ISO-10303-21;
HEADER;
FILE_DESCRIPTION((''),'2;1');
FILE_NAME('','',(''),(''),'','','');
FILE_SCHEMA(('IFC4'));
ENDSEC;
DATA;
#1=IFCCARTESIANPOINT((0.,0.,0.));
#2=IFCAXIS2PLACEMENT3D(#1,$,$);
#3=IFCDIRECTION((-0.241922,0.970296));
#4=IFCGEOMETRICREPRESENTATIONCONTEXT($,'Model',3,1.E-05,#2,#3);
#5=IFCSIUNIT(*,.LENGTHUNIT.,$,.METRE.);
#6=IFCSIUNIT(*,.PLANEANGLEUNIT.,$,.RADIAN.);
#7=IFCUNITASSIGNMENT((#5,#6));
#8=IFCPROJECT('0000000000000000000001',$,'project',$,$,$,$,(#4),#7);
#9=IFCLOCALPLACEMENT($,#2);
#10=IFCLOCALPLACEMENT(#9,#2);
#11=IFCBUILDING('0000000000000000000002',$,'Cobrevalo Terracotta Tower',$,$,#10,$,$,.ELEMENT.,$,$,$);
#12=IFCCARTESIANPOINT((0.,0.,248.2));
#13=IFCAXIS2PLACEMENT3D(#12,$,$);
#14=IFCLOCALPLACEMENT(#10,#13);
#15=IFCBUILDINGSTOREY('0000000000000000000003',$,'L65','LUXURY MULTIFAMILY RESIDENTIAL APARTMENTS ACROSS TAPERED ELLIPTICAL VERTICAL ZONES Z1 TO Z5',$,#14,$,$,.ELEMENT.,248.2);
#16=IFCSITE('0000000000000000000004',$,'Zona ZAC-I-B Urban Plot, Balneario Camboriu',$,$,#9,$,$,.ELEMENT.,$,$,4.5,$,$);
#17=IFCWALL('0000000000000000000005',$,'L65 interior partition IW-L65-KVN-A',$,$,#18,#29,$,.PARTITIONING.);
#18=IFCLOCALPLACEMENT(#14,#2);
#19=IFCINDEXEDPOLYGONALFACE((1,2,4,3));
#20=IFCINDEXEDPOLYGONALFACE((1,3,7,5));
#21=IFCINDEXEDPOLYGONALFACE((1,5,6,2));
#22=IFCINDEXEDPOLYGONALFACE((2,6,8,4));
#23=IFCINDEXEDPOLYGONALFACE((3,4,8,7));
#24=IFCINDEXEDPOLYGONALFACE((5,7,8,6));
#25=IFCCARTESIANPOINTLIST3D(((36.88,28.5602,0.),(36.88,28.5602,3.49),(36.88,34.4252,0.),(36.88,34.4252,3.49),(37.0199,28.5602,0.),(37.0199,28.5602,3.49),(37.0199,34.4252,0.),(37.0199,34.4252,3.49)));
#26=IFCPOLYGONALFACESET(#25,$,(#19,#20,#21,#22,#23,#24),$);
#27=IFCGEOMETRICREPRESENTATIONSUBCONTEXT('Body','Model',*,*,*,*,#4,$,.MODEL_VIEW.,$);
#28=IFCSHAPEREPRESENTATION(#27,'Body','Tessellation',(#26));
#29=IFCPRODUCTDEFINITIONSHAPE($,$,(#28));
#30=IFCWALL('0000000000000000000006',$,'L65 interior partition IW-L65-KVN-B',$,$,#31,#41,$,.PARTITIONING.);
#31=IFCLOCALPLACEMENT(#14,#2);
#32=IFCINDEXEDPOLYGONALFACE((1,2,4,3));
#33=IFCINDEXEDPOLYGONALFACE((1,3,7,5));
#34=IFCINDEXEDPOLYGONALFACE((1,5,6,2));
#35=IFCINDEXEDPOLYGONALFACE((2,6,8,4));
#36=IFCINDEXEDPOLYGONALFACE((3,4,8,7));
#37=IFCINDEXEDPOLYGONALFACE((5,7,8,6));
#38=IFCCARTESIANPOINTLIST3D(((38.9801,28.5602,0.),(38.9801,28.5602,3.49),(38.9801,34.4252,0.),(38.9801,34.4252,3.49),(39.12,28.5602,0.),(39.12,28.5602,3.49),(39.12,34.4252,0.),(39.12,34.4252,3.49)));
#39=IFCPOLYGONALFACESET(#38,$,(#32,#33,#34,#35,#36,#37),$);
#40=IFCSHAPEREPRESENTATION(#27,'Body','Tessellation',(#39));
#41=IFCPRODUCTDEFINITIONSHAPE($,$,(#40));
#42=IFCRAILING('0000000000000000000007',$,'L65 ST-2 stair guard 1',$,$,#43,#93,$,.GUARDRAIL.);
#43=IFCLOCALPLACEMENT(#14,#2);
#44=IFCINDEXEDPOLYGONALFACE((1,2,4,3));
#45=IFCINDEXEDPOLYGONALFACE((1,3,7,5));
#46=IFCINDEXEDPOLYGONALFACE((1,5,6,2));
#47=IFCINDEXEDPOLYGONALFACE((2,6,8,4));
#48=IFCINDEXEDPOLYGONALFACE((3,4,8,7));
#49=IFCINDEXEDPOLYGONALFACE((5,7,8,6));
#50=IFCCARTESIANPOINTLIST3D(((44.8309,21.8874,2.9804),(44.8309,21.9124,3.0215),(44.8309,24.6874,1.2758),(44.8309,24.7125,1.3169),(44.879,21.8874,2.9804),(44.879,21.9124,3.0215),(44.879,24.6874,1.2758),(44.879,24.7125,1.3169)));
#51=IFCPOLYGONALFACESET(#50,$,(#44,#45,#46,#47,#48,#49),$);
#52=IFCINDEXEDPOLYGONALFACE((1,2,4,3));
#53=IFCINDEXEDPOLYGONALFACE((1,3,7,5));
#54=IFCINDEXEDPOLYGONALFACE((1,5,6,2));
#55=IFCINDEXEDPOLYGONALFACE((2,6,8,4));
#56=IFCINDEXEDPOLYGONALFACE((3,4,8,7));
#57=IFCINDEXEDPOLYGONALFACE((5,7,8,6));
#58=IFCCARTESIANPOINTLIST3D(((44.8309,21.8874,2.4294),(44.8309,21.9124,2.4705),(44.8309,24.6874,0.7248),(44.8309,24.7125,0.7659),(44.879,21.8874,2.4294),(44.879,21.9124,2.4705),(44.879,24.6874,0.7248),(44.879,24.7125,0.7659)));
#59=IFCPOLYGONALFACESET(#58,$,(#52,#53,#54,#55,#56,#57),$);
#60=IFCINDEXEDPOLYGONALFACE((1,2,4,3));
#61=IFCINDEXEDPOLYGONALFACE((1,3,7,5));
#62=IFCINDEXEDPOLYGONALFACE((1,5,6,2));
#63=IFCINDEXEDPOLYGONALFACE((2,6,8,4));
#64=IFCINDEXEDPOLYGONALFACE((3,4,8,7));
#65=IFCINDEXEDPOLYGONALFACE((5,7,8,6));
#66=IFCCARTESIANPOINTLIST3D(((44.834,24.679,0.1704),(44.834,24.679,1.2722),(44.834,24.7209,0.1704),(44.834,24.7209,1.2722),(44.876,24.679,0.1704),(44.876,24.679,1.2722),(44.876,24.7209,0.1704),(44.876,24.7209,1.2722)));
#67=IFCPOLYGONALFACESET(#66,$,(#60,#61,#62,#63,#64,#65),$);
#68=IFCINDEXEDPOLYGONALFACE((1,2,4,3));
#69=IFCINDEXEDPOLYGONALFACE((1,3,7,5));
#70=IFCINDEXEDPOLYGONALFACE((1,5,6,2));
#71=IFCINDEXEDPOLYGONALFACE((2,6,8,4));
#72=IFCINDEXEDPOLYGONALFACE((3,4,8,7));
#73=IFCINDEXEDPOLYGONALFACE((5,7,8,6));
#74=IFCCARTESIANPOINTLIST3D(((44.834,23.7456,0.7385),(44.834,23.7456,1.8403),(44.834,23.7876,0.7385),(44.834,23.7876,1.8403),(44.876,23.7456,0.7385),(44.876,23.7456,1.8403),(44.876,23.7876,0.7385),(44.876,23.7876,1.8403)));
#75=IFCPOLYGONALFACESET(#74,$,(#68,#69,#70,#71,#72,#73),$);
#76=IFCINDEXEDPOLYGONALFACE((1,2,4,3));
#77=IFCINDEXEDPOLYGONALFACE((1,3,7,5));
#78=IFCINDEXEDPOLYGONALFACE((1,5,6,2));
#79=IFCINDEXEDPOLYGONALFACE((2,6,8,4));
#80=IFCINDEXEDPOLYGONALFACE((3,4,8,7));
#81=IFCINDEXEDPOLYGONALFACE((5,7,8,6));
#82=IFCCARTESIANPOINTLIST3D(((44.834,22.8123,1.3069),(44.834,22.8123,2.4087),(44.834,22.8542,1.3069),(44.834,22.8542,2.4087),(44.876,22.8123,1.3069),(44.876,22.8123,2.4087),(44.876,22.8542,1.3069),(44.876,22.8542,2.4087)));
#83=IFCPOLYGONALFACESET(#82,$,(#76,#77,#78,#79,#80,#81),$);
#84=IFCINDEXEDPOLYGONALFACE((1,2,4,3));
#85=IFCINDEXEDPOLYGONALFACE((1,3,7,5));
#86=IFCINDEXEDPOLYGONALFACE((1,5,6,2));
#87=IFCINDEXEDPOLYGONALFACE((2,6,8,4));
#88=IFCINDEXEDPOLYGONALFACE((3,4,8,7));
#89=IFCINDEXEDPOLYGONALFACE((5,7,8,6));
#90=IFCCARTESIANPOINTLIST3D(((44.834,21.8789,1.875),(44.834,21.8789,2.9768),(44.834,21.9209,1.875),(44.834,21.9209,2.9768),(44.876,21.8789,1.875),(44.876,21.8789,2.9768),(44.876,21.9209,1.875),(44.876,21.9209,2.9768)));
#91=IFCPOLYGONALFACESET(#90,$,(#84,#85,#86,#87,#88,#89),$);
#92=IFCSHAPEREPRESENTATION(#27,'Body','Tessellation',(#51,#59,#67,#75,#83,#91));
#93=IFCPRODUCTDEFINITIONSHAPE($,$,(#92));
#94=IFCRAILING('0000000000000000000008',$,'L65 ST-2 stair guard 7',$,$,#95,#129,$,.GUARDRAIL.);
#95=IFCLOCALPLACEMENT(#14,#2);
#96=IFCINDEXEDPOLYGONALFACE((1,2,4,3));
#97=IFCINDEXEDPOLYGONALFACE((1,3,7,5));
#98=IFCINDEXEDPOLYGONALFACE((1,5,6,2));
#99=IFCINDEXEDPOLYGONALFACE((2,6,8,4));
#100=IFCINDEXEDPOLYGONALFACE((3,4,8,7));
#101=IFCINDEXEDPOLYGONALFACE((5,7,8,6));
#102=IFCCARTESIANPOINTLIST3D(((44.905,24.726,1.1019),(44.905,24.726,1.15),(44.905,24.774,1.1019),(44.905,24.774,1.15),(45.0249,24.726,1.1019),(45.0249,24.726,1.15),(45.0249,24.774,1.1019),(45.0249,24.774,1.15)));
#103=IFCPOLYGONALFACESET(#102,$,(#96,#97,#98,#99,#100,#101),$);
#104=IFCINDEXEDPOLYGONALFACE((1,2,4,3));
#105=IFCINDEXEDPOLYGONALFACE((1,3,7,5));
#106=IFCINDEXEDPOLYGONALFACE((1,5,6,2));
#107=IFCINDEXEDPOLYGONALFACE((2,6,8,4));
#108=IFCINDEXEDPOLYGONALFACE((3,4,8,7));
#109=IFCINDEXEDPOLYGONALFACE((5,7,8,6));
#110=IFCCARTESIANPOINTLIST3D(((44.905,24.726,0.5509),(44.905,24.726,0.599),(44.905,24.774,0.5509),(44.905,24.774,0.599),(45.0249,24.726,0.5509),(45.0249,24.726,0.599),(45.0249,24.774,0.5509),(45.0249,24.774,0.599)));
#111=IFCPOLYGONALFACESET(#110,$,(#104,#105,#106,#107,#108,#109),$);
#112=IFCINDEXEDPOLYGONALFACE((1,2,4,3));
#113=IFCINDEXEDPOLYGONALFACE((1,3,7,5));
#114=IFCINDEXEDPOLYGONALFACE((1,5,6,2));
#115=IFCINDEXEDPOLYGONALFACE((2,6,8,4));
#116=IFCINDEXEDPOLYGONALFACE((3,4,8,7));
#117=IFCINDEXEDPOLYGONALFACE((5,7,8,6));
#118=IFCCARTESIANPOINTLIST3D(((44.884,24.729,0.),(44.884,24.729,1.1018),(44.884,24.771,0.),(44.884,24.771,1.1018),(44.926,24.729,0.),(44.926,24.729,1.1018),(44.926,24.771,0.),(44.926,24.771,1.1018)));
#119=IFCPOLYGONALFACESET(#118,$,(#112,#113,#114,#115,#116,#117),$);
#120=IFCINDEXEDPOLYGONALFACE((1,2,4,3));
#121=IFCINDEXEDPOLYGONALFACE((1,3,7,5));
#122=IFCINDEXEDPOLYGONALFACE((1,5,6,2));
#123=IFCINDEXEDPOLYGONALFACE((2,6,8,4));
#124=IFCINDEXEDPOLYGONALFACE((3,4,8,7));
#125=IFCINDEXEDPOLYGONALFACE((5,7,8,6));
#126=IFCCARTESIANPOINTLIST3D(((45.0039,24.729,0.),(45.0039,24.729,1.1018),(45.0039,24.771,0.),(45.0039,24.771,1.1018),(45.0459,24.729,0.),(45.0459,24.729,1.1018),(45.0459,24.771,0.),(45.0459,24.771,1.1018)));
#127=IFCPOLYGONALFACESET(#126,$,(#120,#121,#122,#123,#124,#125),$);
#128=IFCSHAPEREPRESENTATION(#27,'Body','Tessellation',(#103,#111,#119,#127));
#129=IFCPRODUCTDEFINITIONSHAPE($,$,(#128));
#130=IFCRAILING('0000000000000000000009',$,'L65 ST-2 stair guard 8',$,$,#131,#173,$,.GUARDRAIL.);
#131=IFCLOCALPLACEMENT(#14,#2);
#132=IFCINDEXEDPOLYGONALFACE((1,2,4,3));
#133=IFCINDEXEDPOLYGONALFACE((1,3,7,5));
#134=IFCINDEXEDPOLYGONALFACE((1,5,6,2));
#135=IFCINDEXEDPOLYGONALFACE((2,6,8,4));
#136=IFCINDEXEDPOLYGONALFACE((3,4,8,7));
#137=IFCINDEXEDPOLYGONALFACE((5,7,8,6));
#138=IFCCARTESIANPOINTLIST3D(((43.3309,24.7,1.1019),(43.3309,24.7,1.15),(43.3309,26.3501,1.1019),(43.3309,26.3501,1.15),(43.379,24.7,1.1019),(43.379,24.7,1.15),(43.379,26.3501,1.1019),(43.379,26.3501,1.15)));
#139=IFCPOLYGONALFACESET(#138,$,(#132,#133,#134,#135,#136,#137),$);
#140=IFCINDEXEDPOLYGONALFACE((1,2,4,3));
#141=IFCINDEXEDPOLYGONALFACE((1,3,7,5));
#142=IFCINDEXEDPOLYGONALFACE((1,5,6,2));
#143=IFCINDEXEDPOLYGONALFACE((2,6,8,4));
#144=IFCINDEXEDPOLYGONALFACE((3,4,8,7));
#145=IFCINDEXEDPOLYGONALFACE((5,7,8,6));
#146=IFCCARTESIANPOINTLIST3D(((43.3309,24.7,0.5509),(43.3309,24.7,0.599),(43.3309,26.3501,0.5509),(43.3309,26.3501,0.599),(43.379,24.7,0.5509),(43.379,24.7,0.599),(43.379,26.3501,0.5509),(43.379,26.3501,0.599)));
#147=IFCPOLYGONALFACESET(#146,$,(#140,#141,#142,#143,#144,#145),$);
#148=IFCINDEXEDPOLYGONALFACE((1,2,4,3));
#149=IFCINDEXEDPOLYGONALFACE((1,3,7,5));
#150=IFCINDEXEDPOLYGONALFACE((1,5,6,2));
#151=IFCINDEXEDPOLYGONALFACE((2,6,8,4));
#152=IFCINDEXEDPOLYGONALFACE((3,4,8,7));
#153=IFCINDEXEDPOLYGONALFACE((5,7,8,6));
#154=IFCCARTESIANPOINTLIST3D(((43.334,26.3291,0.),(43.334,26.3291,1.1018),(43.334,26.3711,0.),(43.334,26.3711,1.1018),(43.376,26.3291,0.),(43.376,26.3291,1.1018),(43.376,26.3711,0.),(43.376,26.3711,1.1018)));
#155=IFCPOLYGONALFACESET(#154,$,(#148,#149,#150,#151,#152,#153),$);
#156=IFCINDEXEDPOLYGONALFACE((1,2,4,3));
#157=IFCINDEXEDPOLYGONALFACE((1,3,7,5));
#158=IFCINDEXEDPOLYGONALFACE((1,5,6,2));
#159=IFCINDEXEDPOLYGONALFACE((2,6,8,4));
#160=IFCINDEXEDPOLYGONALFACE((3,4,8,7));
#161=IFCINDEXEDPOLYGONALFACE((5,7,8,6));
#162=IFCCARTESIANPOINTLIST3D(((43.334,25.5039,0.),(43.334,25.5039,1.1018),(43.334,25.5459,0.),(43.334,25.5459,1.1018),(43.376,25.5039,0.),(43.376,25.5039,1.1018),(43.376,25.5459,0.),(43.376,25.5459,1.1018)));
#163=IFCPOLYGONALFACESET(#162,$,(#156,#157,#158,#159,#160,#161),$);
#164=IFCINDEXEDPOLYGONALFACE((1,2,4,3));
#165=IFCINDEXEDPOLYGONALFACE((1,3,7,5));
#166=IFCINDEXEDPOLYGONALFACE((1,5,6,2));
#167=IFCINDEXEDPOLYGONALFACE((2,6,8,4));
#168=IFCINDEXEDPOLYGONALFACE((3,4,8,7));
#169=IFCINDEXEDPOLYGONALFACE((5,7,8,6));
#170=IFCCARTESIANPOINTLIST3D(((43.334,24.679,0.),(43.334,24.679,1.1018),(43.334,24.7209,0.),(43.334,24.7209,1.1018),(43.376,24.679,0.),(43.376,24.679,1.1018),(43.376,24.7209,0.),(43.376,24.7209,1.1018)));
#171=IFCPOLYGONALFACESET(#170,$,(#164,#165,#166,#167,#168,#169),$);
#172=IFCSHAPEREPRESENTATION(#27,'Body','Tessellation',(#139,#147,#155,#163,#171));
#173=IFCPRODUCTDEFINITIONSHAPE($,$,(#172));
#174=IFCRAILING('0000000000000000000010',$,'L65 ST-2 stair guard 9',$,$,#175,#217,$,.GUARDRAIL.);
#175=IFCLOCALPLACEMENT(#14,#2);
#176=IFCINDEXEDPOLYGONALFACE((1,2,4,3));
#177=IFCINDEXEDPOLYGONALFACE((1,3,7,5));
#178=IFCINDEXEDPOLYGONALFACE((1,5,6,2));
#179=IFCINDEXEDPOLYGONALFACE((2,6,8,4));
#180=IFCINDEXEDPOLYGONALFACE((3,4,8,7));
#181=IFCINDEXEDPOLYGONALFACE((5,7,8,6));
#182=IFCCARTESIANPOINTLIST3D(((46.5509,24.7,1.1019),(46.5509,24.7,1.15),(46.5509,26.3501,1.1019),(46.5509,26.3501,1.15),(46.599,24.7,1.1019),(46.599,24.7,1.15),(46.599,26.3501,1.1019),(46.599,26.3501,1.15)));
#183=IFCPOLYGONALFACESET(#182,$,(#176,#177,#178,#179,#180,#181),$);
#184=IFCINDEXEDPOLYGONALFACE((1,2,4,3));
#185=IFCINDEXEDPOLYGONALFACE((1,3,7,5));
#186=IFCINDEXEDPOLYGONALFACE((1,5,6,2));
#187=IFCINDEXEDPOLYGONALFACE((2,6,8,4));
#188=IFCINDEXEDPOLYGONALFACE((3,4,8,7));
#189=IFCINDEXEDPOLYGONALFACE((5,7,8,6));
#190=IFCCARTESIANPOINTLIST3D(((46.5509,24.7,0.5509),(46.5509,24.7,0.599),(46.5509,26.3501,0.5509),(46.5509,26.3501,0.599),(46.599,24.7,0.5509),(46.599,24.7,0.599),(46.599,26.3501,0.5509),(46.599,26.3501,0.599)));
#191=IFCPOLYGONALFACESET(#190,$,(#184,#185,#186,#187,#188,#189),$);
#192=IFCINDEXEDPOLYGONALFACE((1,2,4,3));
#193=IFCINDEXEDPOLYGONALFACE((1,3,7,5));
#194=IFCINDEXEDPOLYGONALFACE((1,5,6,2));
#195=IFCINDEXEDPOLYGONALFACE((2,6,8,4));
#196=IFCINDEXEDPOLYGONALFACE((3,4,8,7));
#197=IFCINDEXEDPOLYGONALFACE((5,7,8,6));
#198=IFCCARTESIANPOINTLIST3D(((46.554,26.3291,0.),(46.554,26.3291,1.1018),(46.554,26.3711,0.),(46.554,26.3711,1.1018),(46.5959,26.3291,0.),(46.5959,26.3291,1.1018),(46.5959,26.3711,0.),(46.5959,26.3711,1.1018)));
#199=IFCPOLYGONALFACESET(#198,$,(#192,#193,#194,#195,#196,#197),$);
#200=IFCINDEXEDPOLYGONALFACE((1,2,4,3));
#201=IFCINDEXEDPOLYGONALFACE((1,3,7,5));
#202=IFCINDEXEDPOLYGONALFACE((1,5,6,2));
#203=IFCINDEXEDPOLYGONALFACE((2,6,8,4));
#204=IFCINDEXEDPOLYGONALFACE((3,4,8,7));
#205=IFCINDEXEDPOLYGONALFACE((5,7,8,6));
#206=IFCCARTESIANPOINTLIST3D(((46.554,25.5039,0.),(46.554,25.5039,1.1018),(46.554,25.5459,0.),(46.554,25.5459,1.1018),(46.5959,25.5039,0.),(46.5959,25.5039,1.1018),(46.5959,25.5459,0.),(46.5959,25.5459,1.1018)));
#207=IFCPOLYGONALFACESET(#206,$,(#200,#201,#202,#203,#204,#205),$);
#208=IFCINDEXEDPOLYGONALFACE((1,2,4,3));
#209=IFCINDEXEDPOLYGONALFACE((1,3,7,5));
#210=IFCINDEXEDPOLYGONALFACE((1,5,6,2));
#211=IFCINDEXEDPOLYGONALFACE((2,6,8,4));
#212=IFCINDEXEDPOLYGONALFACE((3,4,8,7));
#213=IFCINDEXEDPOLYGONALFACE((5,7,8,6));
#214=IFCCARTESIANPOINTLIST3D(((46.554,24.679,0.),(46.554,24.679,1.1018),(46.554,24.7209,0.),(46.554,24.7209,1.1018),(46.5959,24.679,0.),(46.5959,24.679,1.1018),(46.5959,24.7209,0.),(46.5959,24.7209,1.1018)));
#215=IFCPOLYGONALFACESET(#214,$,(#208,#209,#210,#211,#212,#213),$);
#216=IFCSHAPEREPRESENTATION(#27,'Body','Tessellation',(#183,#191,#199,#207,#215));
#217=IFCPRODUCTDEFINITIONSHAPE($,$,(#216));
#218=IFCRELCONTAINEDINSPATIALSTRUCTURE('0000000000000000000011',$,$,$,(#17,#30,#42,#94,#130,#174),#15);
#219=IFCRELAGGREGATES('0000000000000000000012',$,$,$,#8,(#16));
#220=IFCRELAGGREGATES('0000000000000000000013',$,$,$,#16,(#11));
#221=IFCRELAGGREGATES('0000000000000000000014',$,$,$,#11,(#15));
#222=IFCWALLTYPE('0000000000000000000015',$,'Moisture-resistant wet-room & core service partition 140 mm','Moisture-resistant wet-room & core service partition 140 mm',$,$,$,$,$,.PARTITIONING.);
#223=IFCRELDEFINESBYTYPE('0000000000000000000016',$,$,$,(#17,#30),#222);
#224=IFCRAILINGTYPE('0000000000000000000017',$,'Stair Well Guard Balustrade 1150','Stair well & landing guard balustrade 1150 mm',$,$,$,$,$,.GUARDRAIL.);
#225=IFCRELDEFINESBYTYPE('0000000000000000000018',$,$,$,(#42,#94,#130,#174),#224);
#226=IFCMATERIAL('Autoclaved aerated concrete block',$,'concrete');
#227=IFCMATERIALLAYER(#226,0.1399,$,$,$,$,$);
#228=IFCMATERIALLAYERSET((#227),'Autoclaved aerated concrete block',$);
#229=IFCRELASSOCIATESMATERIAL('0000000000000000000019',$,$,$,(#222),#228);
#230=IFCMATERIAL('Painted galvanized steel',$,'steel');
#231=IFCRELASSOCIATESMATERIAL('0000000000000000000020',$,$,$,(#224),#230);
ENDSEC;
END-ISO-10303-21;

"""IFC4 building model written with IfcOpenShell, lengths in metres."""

from ifc_helpers import new_model, si_unit, direction, frame, frame_2d, origin, origin_2d, place, context, subcontext, project, spatial, rectangle, extrude, material, layer, layer_set, type_object, element, save


model = new_model("IFC4")

# Units and contexts
model_context = context("Model", 3, precision=1e-05, world=origin(), true_north=direction((-0.241922, 0.970296)))
body_context = subcontext(model_context, "Body", "Model", "MODEL_VIEW")
ifc_project = project(units=[si_unit("LENGTHUNIT", "METRE"), si_unit("PLANEANGLEUNIT", "RADIAN")], contexts=[model_context])

# Site, building, storey
site_placement = place(None, origin())
site = spatial("IfcSite", under=ifc_project, at=site_placement, Name="Zona ZAC-I-B Urban Plot, Balneario Camboriu", CompositionType="ELEMENT", RefElevation=4.5)
building_placement = place(site_placement, origin())
building = spatial("IfcBuilding", under=site, at=building_placement, Name="Cobrevalo Terracotta Tower", CompositionType="ELEMENT")
storey_placement = place(building_placement, frame((0.0, 0.0, 248.2)))
storey = spatial("IfcBuildingStorey", under=building, at=storey_placement, Name="L65", Description="LUXURY MULTIFAMILY RESIDENTIAL APARTMENTS ACROSS TAPERED ELLIPTICAL VERTICAL ZONES Z1 TO Z5", CompositionType="ELEMENT", Elevation=248.2)

# Walls
ifc_material_1 = material(Name="Autoclaved aerated concrete block", Category="concrete")
ifc_layer_1 = layer(ifc_material_1, 0.1399)
ifc_layer_set_1 = layer_set([ifc_layer_1], Name="Autoclaved aerated concrete block")
wall_type_1 = type_object("IfcWallType", Name="Moisture-resistant wet-room & core service partition 140 mm", Description="Moisture-resistant wet-room & core service partition 140 mm", PredefinedType="PARTITIONING", material=ifc_layer_set_1)
for number, where, z_axis, x_axis, name in (
    (1, (36.95, 28.5601, 0.0), (0.0, 0.0, 1.0), (0.0, 1.0, 0.0), "L65 interior partition IW-L65-KVN-A"),
    (2, (39.05, 28.5601, 0.0), (0.0, 0.0, 1.0), (0.0, 1.0, 0.0), "L65 interior partition IW-L65-KVN-B"),
):
    element("IfcWall", number, at=place(storey_placement, frame(where, z_axis=z_axis, x_axis=x_axis)), inside=storey, type_object=wall_type_1, Name=name, PredefinedType="PARTITIONING", context=body_context, shape_type="SweptSolid", body=[
        extrude(rectangle(XDim=5.865, YDim=0.1399, at=frame_2d((2.9326, 0.0))), origin(), (0.0, 0.0, 1.0), 3.49),
    ])

# Railings
ifc_material_2 = material(Name="Painted galvanized steel", Category="steel")
railing_type = type_object("IfcRailingType", Name="Stair Well Guard Balustrade 1150", Description="Stair well & landing guard balustrade 1150 mm", PredefinedType="GUARDRAIL", material=ifc_material_2)
railing_1_placement = place(storey_placement, frame((44.855, 24.7, 0.1704)))
element("IfcRailing", 3, at=railing_1_placement, inside=storey, type_object=railing_type, Name="L65 ST-2 stair guard 1", PredefinedType="GUARDRAIL", context=body_context, shape_type="SweptSolid", body=[
    extrude(rectangle(XDim=0.0481, YDim=0.0481, at=origin_2d()), frame((0.0, 0.0, 1.126), z_axis=(0.0, -0.85417, 0.519994), x_axis=(1.0, 0.0, 0.0)), (0.0, 0.0, 1.0), 3.2781),
    extrude(rectangle(XDim=0.0481, YDim=0.0481, at=origin_2d()), frame((0.0, 0.0, 0.575), z_axis=(0.0, -0.85417, 0.519994), x_axis=(1.0, 0.0, 0.0)), (0.0, 0.0, 1.0), 3.2781),
    extrude(rectangle(XDim=0.042, YDim=0.042, at=origin_2d()), origin(), (0.0, 0.0, 1.0), 1.1018),
    extrude(rectangle(XDim=0.042, YDim=0.042, at=origin_2d()), frame((0.0, -0.9333, 0.5681)), (0.0, 0.0, 1.0), 1.1018),
    extrude(rectangle(XDim=0.042, YDim=0.042, at=origin_2d()), frame((0.0, -1.8667, 1.1365)), (0.0, 0.0, 1.0), 1.1018),
    extrude(rectangle(XDim=0.042, YDim=0.042, at=origin_2d()), frame((0.0, -2.8, 1.7046)), (0.0, 0.0, 1.0), 1.1018),
])
railing_2_placement = place(storey_placement, frame((44.905, 24.75, 0.0)))
element("IfcRailing", 4, at=railing_2_placement, inside=storey, type_object=railing_type, Name="L65 ST-2 stair guard 7", PredefinedType="GUARDRAIL", context=body_context, shape_type="SweptSolid", body=[
    extrude(rectangle(XDim=0.0481, YDim=0.0481, at=origin_2d()), frame((0.0, 0.0, 1.126), z_axis=(1.0, 0.0, 0.0), x_axis=(0.0, 1.0, 0.0)), (0.0, 0.0, 1.0), 0.1199),
    extrude(rectangle(XDim=0.0481, YDim=0.0481, at=origin_2d()), frame((0.0, 0.0, 0.575), z_axis=(1.0, 0.0, 0.0), x_axis=(0.0, 1.0, 0.0)), (0.0, 0.0, 1.0), 0.1199),
    extrude(rectangle(XDim=0.042, YDim=0.042, at=origin_2d()), origin(), (0.0, 0.0, 1.0), 1.1018),
    extrude(rectangle(XDim=0.042, YDim=0.042, at=origin_2d()), frame((0.1199, 0.0, 0.0)), (0.0, 0.0, 1.0), 1.1018),
])
for number, where, name in (
    (5, (43.355, 26.3501, 0.0), "L65 ST-2 stair guard 8"),
    (6, (46.575, 26.3501, 0.0), "L65 ST-2 stair guard 9"),
):
    element("IfcRailing", number, at=place(storey_placement, frame(where)), inside=storey, type_object=railing_type, Name=name, PredefinedType="GUARDRAIL", context=body_context, shape_type="SweptSolid", body=[
        extrude(rectangle(XDim=0.0481, YDim=0.0481, at=origin_2d()), frame((0.0, 0.0, 1.126), z_axis=(0.0, -1.0, 0.0), x_axis=(1.0, 0.0, 0.0)), (0.0, 0.0, 1.0), 1.6501),
        extrude(rectangle(XDim=0.0481, YDim=0.0481, at=origin_2d()), frame((0.0, 0.0, 0.575), z_axis=(0.0, -1.0, 0.0), x_axis=(1.0, 0.0, 0.0)), (0.0, 0.0, 1.0), 1.6501),
        extrude(rectangle(XDim=0.042, YDim=0.042, at=origin_2d()), origin(), (0.0, 0.0, 1.0), 1.1018),
        extrude(rectangle(XDim=0.042, YDim=0.042, at=origin_2d()), frame((0.0, -0.8252, 0.0)), (0.0, 0.0, 1.0), 1.1018),
        extrude(rectangle(XDim=0.042, YDim=0.042, at=origin_2d()), frame((0.0, -1.6501, 0.0)), (0.0, 0.0, 1.0), 1.1018),
    ])

save(model, "model.ifc")
